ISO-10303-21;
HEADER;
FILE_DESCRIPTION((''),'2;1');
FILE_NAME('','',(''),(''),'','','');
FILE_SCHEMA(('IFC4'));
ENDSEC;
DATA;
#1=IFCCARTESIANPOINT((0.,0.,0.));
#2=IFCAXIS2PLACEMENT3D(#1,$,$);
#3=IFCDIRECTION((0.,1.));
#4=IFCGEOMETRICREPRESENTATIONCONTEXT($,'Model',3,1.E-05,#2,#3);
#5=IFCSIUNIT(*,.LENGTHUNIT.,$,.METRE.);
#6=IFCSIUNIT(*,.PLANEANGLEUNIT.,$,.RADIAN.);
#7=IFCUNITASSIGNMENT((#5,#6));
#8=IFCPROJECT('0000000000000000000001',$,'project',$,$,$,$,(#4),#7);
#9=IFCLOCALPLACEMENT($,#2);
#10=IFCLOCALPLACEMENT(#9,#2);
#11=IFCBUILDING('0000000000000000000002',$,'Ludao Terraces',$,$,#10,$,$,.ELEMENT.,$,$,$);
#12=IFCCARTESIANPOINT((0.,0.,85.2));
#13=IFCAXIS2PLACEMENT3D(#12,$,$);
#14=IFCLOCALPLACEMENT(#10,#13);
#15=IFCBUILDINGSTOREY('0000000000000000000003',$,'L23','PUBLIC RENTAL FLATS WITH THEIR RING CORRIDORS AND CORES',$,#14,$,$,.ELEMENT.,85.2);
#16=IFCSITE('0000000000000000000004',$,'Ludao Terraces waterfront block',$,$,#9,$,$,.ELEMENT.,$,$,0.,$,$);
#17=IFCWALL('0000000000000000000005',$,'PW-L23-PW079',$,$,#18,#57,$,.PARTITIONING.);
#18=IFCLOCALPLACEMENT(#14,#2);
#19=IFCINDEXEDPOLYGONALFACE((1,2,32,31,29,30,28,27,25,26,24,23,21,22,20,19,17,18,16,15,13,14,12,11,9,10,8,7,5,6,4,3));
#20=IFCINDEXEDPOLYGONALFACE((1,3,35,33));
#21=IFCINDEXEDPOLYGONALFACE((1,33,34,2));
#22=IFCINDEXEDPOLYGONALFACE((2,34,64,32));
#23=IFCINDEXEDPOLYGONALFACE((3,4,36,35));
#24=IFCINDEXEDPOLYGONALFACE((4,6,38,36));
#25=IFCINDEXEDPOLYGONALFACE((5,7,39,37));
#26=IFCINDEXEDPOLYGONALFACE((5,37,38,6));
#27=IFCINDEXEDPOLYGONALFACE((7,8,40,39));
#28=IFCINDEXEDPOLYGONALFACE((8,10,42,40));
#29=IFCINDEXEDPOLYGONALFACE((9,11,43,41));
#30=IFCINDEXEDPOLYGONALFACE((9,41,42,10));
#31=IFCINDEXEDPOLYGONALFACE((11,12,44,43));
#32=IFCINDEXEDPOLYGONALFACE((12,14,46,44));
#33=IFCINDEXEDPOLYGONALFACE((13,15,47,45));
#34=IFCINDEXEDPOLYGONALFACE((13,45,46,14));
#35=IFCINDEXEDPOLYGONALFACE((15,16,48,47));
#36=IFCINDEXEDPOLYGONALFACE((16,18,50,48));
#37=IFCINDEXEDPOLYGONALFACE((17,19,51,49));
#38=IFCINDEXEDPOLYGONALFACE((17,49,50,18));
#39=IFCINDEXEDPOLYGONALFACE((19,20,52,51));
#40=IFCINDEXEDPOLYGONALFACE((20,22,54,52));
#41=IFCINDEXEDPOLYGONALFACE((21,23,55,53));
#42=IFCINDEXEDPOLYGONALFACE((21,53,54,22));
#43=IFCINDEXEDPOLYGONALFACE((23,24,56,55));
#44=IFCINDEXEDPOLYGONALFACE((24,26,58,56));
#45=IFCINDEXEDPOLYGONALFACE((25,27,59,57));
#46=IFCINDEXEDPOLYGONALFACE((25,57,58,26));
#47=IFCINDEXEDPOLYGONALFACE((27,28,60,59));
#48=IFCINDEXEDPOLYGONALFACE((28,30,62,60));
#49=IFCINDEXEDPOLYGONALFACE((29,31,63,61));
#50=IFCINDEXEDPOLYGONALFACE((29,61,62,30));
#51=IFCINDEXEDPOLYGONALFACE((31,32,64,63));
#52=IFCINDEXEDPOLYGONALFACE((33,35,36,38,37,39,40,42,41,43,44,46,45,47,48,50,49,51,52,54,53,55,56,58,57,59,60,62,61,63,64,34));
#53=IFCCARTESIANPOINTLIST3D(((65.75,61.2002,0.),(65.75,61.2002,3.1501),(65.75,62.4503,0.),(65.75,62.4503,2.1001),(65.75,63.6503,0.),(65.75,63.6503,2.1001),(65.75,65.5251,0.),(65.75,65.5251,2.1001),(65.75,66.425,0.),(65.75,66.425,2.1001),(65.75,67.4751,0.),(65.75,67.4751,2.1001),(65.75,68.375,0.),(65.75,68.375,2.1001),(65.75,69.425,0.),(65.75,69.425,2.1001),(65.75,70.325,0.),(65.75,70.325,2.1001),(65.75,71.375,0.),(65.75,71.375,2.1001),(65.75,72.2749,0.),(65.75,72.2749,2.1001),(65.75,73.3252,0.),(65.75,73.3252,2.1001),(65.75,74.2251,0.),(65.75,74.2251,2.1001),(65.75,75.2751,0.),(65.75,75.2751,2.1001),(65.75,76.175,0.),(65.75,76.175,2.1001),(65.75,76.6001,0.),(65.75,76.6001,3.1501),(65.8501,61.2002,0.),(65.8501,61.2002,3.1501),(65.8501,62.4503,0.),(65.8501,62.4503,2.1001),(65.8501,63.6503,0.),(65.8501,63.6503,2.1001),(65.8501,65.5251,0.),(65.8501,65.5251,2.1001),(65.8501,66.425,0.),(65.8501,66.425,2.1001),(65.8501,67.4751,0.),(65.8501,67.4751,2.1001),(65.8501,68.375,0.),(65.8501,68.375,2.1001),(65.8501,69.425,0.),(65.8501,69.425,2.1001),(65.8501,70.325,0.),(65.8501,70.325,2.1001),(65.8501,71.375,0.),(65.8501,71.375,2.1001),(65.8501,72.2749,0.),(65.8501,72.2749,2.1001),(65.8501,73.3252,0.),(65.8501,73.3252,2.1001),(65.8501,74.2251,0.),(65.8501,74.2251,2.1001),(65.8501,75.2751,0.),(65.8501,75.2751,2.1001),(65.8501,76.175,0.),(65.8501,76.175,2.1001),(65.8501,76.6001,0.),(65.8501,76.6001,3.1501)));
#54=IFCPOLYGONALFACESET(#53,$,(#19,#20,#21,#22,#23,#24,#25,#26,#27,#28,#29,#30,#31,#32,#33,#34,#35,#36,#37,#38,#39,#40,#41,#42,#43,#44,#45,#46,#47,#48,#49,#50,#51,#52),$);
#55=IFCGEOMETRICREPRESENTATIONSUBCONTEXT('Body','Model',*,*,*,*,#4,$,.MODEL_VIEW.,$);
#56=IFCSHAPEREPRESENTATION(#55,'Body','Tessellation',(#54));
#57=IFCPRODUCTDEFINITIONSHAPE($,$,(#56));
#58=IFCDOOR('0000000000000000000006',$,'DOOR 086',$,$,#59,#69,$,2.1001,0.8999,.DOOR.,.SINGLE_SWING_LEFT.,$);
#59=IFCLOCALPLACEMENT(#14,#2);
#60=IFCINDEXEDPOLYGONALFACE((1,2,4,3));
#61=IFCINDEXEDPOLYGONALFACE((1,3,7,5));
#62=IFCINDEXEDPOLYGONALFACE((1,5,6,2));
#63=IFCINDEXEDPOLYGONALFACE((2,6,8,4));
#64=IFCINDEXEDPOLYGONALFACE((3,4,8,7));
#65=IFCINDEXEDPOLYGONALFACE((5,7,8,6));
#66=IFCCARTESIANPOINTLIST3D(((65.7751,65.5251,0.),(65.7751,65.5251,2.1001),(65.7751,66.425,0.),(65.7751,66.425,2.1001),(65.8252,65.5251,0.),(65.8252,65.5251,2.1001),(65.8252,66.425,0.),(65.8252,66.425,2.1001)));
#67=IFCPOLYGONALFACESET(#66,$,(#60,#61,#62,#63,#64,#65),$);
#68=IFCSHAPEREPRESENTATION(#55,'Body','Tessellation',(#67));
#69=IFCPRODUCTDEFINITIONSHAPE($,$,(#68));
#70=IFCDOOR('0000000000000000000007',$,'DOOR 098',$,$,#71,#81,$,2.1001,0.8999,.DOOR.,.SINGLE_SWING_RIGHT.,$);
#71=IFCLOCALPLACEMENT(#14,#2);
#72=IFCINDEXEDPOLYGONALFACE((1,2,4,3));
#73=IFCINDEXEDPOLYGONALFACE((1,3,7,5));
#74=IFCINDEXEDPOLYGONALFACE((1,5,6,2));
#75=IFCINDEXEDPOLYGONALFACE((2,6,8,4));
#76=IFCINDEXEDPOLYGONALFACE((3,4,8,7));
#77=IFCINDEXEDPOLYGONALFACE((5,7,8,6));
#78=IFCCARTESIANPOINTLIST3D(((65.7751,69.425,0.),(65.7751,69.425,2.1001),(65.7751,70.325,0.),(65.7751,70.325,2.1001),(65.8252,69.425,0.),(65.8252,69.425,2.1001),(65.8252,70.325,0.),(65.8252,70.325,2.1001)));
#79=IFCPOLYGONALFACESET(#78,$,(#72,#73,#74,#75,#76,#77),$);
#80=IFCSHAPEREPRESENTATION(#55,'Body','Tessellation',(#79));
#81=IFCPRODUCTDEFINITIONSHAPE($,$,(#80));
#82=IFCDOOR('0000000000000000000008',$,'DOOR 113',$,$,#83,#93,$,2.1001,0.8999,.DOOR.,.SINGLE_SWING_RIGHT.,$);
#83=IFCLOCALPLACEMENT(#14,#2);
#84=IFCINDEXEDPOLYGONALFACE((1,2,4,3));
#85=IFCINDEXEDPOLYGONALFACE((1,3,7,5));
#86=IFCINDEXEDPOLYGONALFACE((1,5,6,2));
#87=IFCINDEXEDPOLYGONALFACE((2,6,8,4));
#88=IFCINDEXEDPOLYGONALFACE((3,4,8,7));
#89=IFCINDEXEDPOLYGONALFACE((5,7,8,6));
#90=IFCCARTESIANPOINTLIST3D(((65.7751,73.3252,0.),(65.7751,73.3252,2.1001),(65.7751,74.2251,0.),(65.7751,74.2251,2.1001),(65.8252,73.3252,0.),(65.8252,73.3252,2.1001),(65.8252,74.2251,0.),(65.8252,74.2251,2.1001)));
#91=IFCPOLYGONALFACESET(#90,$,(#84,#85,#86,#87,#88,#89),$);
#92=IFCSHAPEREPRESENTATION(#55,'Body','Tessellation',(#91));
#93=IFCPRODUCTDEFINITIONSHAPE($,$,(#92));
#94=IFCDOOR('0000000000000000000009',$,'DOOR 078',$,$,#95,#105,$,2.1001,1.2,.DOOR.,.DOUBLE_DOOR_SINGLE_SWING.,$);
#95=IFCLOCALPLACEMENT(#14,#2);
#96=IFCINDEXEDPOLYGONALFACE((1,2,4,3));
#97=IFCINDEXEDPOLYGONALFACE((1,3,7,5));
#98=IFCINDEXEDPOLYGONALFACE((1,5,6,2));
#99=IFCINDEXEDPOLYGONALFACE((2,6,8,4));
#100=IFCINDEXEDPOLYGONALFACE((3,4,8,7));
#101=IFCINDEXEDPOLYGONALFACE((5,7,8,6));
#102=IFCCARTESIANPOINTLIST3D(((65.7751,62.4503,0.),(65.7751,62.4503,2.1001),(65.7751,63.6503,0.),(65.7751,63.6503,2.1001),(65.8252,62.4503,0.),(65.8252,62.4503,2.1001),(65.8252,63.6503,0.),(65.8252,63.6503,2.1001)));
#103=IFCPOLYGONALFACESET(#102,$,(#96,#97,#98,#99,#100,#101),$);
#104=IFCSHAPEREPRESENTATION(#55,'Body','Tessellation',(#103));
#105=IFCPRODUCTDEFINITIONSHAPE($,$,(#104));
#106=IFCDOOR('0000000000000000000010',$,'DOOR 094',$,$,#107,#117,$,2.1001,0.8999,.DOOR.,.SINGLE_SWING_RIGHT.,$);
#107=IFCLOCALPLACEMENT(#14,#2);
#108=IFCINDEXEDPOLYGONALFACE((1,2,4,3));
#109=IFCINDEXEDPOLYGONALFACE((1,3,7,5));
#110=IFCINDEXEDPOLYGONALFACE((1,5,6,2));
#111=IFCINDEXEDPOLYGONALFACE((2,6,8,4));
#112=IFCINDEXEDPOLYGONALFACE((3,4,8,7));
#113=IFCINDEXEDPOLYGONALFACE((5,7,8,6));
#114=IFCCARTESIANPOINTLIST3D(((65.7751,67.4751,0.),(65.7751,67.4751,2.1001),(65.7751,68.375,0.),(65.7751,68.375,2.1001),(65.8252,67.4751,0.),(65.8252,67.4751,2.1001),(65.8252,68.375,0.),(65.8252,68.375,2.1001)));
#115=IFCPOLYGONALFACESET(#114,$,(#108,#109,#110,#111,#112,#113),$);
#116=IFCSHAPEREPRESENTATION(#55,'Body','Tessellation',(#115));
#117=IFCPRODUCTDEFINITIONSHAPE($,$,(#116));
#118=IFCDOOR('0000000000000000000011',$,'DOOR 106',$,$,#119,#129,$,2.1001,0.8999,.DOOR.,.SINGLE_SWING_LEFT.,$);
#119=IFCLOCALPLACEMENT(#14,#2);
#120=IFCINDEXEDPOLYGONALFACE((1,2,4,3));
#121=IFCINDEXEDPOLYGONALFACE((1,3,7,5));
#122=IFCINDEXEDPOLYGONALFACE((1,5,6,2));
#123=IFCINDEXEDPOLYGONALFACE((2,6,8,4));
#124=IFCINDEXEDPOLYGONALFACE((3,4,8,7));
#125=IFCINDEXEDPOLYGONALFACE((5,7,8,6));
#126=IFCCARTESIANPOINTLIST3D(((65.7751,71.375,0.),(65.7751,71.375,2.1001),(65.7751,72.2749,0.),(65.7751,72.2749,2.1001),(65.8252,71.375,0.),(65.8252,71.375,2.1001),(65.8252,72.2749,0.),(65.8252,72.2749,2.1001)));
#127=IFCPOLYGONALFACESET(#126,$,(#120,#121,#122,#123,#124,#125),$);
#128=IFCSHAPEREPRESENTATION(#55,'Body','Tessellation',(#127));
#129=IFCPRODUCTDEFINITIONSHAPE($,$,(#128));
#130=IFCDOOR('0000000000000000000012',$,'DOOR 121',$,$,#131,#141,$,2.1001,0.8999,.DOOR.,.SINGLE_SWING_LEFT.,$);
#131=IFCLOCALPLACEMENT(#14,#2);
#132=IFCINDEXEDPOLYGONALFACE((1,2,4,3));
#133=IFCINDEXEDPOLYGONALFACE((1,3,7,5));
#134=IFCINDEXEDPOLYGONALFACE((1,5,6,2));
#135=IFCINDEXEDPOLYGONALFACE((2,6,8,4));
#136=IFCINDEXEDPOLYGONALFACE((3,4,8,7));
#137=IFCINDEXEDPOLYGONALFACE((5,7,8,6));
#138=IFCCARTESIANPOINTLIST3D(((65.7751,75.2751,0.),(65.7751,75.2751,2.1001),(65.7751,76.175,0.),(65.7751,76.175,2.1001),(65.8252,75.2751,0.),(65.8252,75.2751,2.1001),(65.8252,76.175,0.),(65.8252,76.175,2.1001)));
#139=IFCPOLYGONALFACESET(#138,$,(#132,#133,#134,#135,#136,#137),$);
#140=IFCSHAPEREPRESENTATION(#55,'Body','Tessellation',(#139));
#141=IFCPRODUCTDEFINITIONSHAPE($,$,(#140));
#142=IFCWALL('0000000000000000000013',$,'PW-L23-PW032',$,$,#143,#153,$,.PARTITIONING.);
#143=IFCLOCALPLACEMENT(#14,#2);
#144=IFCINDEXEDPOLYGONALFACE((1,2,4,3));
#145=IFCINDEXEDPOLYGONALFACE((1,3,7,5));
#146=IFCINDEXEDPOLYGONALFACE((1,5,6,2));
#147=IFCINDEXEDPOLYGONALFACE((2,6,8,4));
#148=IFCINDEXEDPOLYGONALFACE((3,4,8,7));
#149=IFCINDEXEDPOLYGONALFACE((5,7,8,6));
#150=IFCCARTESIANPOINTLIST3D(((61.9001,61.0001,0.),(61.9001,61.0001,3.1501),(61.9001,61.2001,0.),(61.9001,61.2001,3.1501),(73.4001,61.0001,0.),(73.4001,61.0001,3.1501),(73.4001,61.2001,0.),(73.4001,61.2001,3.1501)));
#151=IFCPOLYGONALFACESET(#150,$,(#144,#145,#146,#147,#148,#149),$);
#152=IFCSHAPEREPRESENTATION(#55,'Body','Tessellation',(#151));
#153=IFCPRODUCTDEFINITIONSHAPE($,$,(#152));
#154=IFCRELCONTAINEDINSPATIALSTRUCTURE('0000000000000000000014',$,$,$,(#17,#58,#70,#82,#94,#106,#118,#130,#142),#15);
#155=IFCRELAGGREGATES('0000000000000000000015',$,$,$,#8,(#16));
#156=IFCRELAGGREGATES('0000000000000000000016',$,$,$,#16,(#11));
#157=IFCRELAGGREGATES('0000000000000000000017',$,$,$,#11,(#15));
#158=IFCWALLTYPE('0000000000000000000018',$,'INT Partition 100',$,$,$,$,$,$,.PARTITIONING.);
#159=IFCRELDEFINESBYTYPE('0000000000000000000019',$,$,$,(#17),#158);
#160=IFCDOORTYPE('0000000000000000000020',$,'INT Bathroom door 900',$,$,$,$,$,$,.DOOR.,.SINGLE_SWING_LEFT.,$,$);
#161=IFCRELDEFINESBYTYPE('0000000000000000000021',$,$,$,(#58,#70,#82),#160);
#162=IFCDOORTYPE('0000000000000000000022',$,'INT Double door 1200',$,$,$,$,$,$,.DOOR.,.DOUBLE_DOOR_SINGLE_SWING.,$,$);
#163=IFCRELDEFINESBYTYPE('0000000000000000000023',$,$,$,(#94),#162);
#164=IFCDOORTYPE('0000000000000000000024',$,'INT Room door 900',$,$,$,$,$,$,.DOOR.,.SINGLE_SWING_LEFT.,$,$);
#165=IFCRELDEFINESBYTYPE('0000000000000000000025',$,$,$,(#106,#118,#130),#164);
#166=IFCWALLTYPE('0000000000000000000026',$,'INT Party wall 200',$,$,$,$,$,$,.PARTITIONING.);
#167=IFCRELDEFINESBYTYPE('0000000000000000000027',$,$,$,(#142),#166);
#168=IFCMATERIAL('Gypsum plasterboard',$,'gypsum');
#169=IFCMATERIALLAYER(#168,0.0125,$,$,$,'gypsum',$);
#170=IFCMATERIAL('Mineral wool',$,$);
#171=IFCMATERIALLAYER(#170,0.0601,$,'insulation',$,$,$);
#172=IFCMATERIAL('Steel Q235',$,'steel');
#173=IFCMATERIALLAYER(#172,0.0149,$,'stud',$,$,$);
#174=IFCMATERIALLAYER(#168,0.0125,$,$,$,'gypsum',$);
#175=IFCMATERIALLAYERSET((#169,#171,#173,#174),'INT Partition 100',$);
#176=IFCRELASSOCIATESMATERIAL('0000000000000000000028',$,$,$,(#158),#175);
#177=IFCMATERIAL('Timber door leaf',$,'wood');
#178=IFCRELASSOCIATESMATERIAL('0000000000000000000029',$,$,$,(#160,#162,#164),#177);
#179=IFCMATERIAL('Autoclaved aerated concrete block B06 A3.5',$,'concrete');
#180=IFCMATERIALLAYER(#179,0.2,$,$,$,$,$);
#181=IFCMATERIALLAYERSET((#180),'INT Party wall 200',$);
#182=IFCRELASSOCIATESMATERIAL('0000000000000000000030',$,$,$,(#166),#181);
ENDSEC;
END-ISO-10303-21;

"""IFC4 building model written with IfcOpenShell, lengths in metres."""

from ifc_helpers import new_model, si_unit, direction, frame, frame_2d, origin, place, context, subcontext, project, spatial, rectangle, extrude, material, layer, layer_set, type_object, element, fill, save


model = new_model("IFC4")

# Units and contexts
model_context = context("Model", 3, precision=1e-05, world=origin(), true_north=direction((0.0, 1.0)))
body_context = subcontext(model_context, "Body", "Model", "MODEL_VIEW")
ifc_project = project(units=[si_unit("LENGTHUNIT", "METRE"), si_unit("PLANEANGLEUNIT", "RADIAN")], contexts=[model_context])

# Site, building, storey
site_placement = place(None, origin())
site = spatial("IfcSite", under=ifc_project, at=site_placement, Name="Ludao Terraces waterfront block", CompositionType="ELEMENT", RefElevation=0.0)
building_placement = place(site_placement, origin())
building = spatial("IfcBuilding", under=site, at=building_placement, Name="Ludao Terraces", CompositionType="ELEMENT")
storey_placement = place(building_placement, frame((0.0, 0.0, 85.2)))
storey = spatial("IfcBuildingStorey", under=building, at=storey_placement, Name="L23", Description="PUBLIC RENTAL FLATS WITH THEIR RING CORRIDORS AND CORES", CompositionType="ELEMENT", Elevation=85.2)

# Shared definitions
ifc_material_1 = material(Name="Mineral wool")

# Shared definitions
ifc_material_2 = material(Name="Gypsum plasterboard", Category="gypsum")
ifc_layer_1 = layer(ifc_material_2, 0.0125, Category="gypsum")
ifc_layer_2 = layer(ifc_material_1, 0.0601, Name="insulation")
ifc_material_3 = material(Name="Steel Q235", Category="steel")
ifc_layer_3 = layer(ifc_material_3, 0.0149, Name="stud")
ifc_layer_4 = layer(ifc_material_2, 0.0125, Category="gypsum")
ifc_layer_set_1 = layer_set([ifc_layer_1, ifc_layer_2, ifc_layer_3, ifc_layer_4], Name="INT Partition 100")
wall_type_1 = type_object("IfcWallType", Name="INT Partition 100", PredefinedType="PARTITIONING", material=ifc_layer_set_1)

# Wall, openings, doors
wall_1_placement = place(storey_placement, frame((65.8, 61.2002, 0.0), z_axis=(0.0, 0.0, 1.0), x_axis=(0.0, 1.0, 0.0)))
wall_1 = element("IfcWall", 1, at=wall_1_placement, inside=storey, type_object=wall_type_1, Name="PW-L23-PW079", PredefinedType="PARTITIONING", context=body_context, shape_type="SweptSolid", body=[
    extrude(rectangle(XDim=15.3999, YDim=0.1001, at=frame_2d((7.7, 0.0))), origin(), (0.0, 0.0, 1.0), 3.1501),
])
opening_1_placement = place(wall_1_placement, frame((1.25, 0.0, 0.0)))
opening_1 = element("IfcOpeningElement", 2, at=opening_1_placement, cuts=wall_1, PredefinedType="OPENING", context=body_context, shape_type="SweptSolid", body=[
    extrude(rectangle(XDim=1.2, YDim=2.1001, at=frame_2d((0.6001, 1.05))), frame((0.0, 0.0601, 0.0), z_axis=(0.0, -1.0, 0.0), x_axis=(1.0, 0.0, 0.0)), (0.0, 0.0, 1.0), 0.1201),
])
opening_2_placement = place(wall_1_placement, frame((4.325, 0.0, 0.0)))
opening_2 = element("IfcOpeningElement", 3, at=opening_2_placement, cuts=wall_1, PredefinedType="OPENING", context=body_context, shape_type="SweptSolid", body=[
    extrude(rectangle(XDim=0.8999, YDim=2.1001, at=frame_2d((0.45, 1.05))), frame((0.0, 0.0601, 0.0), z_axis=(0.0, -1.0, 0.0), x_axis=(1.0, 0.0, 0.0)), (0.0, 0.0, 1.0), 0.1201),
])
opening_3_placement = place(wall_1_placement, frame((6.2749, 0.0, 0.0)))
opening_3 = element("IfcOpeningElement", 4, at=opening_3_placement, cuts=wall_1, PredefinedType="OPENING", context=body_context, shape_type="SweptSolid", body=[
    extrude(rectangle(XDim=0.8999, YDim=2.1001, at=frame_2d((0.45, 1.05))), frame((0.0, 0.0601, 0.0), z_axis=(0.0, -1.0, 0.0), x_axis=(1.0, 0.0, 0.0)), (0.0, 0.0, 1.0), 0.1201),
])
opening_4_placement = place(wall_1_placement, frame((8.2249, 0.0, 0.0)))
opening_4 = element("IfcOpeningElement", 5, at=opening_4_placement, cuts=wall_1, PredefinedType="OPENING", context=body_context, shape_type="SweptSolid", body=[
    extrude(rectangle(XDim=0.8999, YDim=2.1001, at=frame_2d((0.45, 1.05))), frame((0.0, 0.0601, 0.0), z_axis=(0.0, -1.0, 0.0), x_axis=(1.0, 0.0, 0.0)), (0.0, 0.0, 1.0), 0.1201),
])
opening_5_placement = place(wall_1_placement, frame((10.1748, 0.0, 0.0)))
opening_5 = element("IfcOpeningElement", 6, at=opening_5_placement, cuts=wall_1, PredefinedType="OPENING", context=body_context, shape_type="SweptSolid", body=[
    extrude(rectangle(XDim=0.8999, YDim=2.1001, at=frame_2d((0.45, 1.05))), frame((0.0, 0.0601, 0.0), z_axis=(0.0, -1.0, 0.0), x_axis=(1.0, 0.0, 0.0)), (0.0, 0.0, 1.0), 0.1201),
])
opening_6_placement = place(wall_1_placement, frame((12.125, 0.0, 0.0)))
opening_6 = element("IfcOpeningElement", 7, at=opening_6_placement, cuts=wall_1, PredefinedType="OPENING", context=body_context, shape_type="SweptSolid", body=[
    extrude(rectangle(XDim=0.8999, YDim=2.1001, at=frame_2d((0.45, 1.05))), frame((0.0, 0.0601, 0.0), z_axis=(0.0, -1.0, 0.0), x_axis=(1.0, 0.0, 0.0)), (0.0, 0.0, 1.0), 0.1201),
])
opening_7_placement = place(wall_1_placement, frame((14.075, 0.0, 0.0)))
opening_7 = element("IfcOpeningElement", 8, at=opening_7_placement, cuts=wall_1, PredefinedType="OPENING", context=body_context, shape_type="SweptSolid", body=[
    extrude(rectangle(XDim=0.8999, YDim=2.1001, at=frame_2d((0.45, 1.05))), frame((0.0, 0.0601, 0.0), z_axis=(0.0, -1.0, 0.0), x_axis=(1.0, 0.0, 0.0)), (0.0, 0.0, 1.0), 0.1201),
])
ifc_material_4 = material(Name="Timber door leaf", Category="wood")
door_type_1 = type_object("IfcDoorType", Name="INT Bathroom door 900", OperationType="SINGLE_SWING_LEFT", PredefinedType="DOOR", material=ifc_material_4)
door_1_placement = place(opening_2_placement, origin())
door_1 = element("IfcDoor", 9, at=door_1_placement, inside=storey, type_object=door_type_1, Name="DOOR 086", OperationType="SINGLE_SWING_LEFT", OverallHeight=2.1001, OverallWidth=0.8999, PredefinedType="DOOR", context=body_context, shape_type="SweptSolid", body=[
    extrude(rectangle(XDim=0.8999, YDim=2.1001, at=frame_2d((0.45, 1.05))), frame((0.0, 0.0249, 0.0), z_axis=(0.0, -1.0, 0.0), x_axis=(1.0, 0.0, 0.0)), (0.0, 0.0, 1.0), 0.05),
])
fill(opening_2, door_1)
door_2_placement = place(opening_4_placement, origin())
door_2 = element("IfcDoor", 10, at=door_2_placement, inside=storey, type_object=door_type_1, Name="DOOR 098", OperationType="SINGLE_SWING_RIGHT", OverallHeight=2.1001, OverallWidth=0.8999, PredefinedType="DOOR", context=body_context, shape_type="SweptSolid", body=[
    extrude(rectangle(XDim=0.8999, YDim=2.1001, at=frame_2d((0.45, 1.05))), frame((0.0, 0.0249, 0.0), z_axis=(0.0, -1.0, 0.0), x_axis=(1.0, 0.0, 0.0)), (0.0, 0.0, 1.0), 0.05),
])
fill(opening_4, door_2)
door_3_placement = place(opening_6_placement, origin())
door_3 = element("IfcDoor", 11, at=door_3_placement, inside=storey, type_object=door_type_1, Name="DOOR 113", OperationType="SINGLE_SWING_RIGHT", OverallHeight=2.1001, OverallWidth=0.8999, PredefinedType="DOOR", context=body_context, shape_type="SweptSolid", body=[
    extrude(rectangle(XDim=0.8999, YDim=2.1001, at=frame_2d((0.45, 1.05))), frame((0.0, 0.0249, 0.0), z_axis=(0.0, -1.0, 0.0), x_axis=(1.0, 0.0, 0.0)), (0.0, 0.0, 1.0), 0.05),
])
fill(opening_6, door_3)
door_type_2 = type_object("IfcDoorType", Name="INT Double door 1200", OperationType="DOUBLE_DOOR_SINGLE_SWING", PredefinedType="DOOR", material=ifc_material_4)
door_4_placement = place(opening_1_placement, origin())
door_4 = element("IfcDoor", 12, at=door_4_placement, inside=storey, type_object=door_type_2, Name="DOOR 078", OperationType="DOUBLE_DOOR_SINGLE_SWING", OverallHeight=2.1001, OverallWidth=1.2, PredefinedType="DOOR", context=body_context, shape_type="SweptSolid", body=[
    extrude(rectangle(XDim=1.2, YDim=2.1001, at=frame_2d((0.6001, 1.05))), frame((0.0, 0.0249, 0.0), z_axis=(0.0, -1.0, 0.0), x_axis=(1.0, 0.0, 0.0)), (0.0, 0.0, 1.0), 0.05),
])
fill(opening_1, door_4)
door_type_3 = type_object("IfcDoorType", Name="INT Room door 900", OperationType="SINGLE_SWING_LEFT", PredefinedType="DOOR", material=ifc_material_4)
door_5_placement = place(opening_3_placement, origin())
door_5 = element("IfcDoor", 13, at=door_5_placement, inside=storey, type_object=door_type_3, Name="DOOR 094", OperationType="SINGLE_SWING_RIGHT", OverallHeight=2.1001, OverallWidth=0.8999, PredefinedType="DOOR", context=body_context, shape_type="SweptSolid", body=[
    extrude(rectangle(XDim=0.8999, YDim=2.1001, at=frame_2d((0.45, 1.05))), frame((0.0, 0.0249, 0.0), z_axis=(0.0, -1.0, 0.0), x_axis=(1.0, 0.0, 0.0)), (0.0, 0.0, 1.0), 0.05),
])
fill(opening_3, door_5)
door_6_placement = place(opening_5_placement, origin())
door_6 = element("IfcDoor", 14, at=door_6_placement, inside=storey, type_object=door_type_3, Name="DOOR 106", OperationType="SINGLE_SWING_LEFT", OverallHeight=2.1001, OverallWidth=0.8999, PredefinedType="DOOR", context=body_context, shape_type="SweptSolid", body=[
    extrude(rectangle(XDim=0.8999, YDim=2.1001, at=frame_2d((0.45, 1.05))), frame((0.0, 0.0249, 0.0), z_axis=(0.0, -1.0, 0.0), x_axis=(1.0, 0.0, 0.0)), (0.0, 0.0, 1.0), 0.05),
])
fill(opening_5, door_6)
door_7_placement = place(opening_7_placement, origin())
door_7 = element("IfcDoor", 15, at=door_7_placement, inside=storey, type_object=door_type_3, Name="DOOR 121", OperationType="SINGLE_SWING_LEFT", OverallHeight=2.1001, OverallWidth=0.8999, PredefinedType="DOOR", context=body_context, shape_type="SweptSolid", body=[
    extrude(rectangle(XDim=0.8999, YDim=2.1001, at=frame_2d((0.45, 1.05))), frame((0.0, 0.0249, 0.0), z_axis=(0.0, -1.0, 0.0), x_axis=(1.0, 0.0, 0.0)), (0.0, 0.0, 1.0), 0.05),
])
fill(opening_7, door_7)

# Wall
ifc_material_5 = material(Name="Autoclaved aerated concrete block B06 A3.5", Category="concrete")
ifc_layer_5 = layer(ifc_material_5, 0.2)
ifc_layer_set_2 = layer_set([ifc_layer_5], Name="INT Party wall 200")
wall_type_2 = type_object("IfcWallType", Name="INT Party wall 200", PredefinedType="PARTITIONING", material=ifc_layer_set_2)
wall_2_placement = place(storey_placement, frame((61.9001, 61.1001, 0.0), z_axis=(0.0, 0.0, 1.0), x_axis=(1.0, 0.0, 0.0)))
element("IfcWall", 16, at=wall_2_placement, inside=storey, type_object=wall_type_2, Name="PW-L23-PW032", PredefinedType="PARTITIONING", context=body_context, shape_type="SweptSolid", body=[
    extrude(rectangle(XDim=11.5, YDim=0.2, at=frame_2d((5.75, 0.0))), origin(), (0.0, 0.0, 1.0), 3.1501),
])

save(model, "model.ifc")
